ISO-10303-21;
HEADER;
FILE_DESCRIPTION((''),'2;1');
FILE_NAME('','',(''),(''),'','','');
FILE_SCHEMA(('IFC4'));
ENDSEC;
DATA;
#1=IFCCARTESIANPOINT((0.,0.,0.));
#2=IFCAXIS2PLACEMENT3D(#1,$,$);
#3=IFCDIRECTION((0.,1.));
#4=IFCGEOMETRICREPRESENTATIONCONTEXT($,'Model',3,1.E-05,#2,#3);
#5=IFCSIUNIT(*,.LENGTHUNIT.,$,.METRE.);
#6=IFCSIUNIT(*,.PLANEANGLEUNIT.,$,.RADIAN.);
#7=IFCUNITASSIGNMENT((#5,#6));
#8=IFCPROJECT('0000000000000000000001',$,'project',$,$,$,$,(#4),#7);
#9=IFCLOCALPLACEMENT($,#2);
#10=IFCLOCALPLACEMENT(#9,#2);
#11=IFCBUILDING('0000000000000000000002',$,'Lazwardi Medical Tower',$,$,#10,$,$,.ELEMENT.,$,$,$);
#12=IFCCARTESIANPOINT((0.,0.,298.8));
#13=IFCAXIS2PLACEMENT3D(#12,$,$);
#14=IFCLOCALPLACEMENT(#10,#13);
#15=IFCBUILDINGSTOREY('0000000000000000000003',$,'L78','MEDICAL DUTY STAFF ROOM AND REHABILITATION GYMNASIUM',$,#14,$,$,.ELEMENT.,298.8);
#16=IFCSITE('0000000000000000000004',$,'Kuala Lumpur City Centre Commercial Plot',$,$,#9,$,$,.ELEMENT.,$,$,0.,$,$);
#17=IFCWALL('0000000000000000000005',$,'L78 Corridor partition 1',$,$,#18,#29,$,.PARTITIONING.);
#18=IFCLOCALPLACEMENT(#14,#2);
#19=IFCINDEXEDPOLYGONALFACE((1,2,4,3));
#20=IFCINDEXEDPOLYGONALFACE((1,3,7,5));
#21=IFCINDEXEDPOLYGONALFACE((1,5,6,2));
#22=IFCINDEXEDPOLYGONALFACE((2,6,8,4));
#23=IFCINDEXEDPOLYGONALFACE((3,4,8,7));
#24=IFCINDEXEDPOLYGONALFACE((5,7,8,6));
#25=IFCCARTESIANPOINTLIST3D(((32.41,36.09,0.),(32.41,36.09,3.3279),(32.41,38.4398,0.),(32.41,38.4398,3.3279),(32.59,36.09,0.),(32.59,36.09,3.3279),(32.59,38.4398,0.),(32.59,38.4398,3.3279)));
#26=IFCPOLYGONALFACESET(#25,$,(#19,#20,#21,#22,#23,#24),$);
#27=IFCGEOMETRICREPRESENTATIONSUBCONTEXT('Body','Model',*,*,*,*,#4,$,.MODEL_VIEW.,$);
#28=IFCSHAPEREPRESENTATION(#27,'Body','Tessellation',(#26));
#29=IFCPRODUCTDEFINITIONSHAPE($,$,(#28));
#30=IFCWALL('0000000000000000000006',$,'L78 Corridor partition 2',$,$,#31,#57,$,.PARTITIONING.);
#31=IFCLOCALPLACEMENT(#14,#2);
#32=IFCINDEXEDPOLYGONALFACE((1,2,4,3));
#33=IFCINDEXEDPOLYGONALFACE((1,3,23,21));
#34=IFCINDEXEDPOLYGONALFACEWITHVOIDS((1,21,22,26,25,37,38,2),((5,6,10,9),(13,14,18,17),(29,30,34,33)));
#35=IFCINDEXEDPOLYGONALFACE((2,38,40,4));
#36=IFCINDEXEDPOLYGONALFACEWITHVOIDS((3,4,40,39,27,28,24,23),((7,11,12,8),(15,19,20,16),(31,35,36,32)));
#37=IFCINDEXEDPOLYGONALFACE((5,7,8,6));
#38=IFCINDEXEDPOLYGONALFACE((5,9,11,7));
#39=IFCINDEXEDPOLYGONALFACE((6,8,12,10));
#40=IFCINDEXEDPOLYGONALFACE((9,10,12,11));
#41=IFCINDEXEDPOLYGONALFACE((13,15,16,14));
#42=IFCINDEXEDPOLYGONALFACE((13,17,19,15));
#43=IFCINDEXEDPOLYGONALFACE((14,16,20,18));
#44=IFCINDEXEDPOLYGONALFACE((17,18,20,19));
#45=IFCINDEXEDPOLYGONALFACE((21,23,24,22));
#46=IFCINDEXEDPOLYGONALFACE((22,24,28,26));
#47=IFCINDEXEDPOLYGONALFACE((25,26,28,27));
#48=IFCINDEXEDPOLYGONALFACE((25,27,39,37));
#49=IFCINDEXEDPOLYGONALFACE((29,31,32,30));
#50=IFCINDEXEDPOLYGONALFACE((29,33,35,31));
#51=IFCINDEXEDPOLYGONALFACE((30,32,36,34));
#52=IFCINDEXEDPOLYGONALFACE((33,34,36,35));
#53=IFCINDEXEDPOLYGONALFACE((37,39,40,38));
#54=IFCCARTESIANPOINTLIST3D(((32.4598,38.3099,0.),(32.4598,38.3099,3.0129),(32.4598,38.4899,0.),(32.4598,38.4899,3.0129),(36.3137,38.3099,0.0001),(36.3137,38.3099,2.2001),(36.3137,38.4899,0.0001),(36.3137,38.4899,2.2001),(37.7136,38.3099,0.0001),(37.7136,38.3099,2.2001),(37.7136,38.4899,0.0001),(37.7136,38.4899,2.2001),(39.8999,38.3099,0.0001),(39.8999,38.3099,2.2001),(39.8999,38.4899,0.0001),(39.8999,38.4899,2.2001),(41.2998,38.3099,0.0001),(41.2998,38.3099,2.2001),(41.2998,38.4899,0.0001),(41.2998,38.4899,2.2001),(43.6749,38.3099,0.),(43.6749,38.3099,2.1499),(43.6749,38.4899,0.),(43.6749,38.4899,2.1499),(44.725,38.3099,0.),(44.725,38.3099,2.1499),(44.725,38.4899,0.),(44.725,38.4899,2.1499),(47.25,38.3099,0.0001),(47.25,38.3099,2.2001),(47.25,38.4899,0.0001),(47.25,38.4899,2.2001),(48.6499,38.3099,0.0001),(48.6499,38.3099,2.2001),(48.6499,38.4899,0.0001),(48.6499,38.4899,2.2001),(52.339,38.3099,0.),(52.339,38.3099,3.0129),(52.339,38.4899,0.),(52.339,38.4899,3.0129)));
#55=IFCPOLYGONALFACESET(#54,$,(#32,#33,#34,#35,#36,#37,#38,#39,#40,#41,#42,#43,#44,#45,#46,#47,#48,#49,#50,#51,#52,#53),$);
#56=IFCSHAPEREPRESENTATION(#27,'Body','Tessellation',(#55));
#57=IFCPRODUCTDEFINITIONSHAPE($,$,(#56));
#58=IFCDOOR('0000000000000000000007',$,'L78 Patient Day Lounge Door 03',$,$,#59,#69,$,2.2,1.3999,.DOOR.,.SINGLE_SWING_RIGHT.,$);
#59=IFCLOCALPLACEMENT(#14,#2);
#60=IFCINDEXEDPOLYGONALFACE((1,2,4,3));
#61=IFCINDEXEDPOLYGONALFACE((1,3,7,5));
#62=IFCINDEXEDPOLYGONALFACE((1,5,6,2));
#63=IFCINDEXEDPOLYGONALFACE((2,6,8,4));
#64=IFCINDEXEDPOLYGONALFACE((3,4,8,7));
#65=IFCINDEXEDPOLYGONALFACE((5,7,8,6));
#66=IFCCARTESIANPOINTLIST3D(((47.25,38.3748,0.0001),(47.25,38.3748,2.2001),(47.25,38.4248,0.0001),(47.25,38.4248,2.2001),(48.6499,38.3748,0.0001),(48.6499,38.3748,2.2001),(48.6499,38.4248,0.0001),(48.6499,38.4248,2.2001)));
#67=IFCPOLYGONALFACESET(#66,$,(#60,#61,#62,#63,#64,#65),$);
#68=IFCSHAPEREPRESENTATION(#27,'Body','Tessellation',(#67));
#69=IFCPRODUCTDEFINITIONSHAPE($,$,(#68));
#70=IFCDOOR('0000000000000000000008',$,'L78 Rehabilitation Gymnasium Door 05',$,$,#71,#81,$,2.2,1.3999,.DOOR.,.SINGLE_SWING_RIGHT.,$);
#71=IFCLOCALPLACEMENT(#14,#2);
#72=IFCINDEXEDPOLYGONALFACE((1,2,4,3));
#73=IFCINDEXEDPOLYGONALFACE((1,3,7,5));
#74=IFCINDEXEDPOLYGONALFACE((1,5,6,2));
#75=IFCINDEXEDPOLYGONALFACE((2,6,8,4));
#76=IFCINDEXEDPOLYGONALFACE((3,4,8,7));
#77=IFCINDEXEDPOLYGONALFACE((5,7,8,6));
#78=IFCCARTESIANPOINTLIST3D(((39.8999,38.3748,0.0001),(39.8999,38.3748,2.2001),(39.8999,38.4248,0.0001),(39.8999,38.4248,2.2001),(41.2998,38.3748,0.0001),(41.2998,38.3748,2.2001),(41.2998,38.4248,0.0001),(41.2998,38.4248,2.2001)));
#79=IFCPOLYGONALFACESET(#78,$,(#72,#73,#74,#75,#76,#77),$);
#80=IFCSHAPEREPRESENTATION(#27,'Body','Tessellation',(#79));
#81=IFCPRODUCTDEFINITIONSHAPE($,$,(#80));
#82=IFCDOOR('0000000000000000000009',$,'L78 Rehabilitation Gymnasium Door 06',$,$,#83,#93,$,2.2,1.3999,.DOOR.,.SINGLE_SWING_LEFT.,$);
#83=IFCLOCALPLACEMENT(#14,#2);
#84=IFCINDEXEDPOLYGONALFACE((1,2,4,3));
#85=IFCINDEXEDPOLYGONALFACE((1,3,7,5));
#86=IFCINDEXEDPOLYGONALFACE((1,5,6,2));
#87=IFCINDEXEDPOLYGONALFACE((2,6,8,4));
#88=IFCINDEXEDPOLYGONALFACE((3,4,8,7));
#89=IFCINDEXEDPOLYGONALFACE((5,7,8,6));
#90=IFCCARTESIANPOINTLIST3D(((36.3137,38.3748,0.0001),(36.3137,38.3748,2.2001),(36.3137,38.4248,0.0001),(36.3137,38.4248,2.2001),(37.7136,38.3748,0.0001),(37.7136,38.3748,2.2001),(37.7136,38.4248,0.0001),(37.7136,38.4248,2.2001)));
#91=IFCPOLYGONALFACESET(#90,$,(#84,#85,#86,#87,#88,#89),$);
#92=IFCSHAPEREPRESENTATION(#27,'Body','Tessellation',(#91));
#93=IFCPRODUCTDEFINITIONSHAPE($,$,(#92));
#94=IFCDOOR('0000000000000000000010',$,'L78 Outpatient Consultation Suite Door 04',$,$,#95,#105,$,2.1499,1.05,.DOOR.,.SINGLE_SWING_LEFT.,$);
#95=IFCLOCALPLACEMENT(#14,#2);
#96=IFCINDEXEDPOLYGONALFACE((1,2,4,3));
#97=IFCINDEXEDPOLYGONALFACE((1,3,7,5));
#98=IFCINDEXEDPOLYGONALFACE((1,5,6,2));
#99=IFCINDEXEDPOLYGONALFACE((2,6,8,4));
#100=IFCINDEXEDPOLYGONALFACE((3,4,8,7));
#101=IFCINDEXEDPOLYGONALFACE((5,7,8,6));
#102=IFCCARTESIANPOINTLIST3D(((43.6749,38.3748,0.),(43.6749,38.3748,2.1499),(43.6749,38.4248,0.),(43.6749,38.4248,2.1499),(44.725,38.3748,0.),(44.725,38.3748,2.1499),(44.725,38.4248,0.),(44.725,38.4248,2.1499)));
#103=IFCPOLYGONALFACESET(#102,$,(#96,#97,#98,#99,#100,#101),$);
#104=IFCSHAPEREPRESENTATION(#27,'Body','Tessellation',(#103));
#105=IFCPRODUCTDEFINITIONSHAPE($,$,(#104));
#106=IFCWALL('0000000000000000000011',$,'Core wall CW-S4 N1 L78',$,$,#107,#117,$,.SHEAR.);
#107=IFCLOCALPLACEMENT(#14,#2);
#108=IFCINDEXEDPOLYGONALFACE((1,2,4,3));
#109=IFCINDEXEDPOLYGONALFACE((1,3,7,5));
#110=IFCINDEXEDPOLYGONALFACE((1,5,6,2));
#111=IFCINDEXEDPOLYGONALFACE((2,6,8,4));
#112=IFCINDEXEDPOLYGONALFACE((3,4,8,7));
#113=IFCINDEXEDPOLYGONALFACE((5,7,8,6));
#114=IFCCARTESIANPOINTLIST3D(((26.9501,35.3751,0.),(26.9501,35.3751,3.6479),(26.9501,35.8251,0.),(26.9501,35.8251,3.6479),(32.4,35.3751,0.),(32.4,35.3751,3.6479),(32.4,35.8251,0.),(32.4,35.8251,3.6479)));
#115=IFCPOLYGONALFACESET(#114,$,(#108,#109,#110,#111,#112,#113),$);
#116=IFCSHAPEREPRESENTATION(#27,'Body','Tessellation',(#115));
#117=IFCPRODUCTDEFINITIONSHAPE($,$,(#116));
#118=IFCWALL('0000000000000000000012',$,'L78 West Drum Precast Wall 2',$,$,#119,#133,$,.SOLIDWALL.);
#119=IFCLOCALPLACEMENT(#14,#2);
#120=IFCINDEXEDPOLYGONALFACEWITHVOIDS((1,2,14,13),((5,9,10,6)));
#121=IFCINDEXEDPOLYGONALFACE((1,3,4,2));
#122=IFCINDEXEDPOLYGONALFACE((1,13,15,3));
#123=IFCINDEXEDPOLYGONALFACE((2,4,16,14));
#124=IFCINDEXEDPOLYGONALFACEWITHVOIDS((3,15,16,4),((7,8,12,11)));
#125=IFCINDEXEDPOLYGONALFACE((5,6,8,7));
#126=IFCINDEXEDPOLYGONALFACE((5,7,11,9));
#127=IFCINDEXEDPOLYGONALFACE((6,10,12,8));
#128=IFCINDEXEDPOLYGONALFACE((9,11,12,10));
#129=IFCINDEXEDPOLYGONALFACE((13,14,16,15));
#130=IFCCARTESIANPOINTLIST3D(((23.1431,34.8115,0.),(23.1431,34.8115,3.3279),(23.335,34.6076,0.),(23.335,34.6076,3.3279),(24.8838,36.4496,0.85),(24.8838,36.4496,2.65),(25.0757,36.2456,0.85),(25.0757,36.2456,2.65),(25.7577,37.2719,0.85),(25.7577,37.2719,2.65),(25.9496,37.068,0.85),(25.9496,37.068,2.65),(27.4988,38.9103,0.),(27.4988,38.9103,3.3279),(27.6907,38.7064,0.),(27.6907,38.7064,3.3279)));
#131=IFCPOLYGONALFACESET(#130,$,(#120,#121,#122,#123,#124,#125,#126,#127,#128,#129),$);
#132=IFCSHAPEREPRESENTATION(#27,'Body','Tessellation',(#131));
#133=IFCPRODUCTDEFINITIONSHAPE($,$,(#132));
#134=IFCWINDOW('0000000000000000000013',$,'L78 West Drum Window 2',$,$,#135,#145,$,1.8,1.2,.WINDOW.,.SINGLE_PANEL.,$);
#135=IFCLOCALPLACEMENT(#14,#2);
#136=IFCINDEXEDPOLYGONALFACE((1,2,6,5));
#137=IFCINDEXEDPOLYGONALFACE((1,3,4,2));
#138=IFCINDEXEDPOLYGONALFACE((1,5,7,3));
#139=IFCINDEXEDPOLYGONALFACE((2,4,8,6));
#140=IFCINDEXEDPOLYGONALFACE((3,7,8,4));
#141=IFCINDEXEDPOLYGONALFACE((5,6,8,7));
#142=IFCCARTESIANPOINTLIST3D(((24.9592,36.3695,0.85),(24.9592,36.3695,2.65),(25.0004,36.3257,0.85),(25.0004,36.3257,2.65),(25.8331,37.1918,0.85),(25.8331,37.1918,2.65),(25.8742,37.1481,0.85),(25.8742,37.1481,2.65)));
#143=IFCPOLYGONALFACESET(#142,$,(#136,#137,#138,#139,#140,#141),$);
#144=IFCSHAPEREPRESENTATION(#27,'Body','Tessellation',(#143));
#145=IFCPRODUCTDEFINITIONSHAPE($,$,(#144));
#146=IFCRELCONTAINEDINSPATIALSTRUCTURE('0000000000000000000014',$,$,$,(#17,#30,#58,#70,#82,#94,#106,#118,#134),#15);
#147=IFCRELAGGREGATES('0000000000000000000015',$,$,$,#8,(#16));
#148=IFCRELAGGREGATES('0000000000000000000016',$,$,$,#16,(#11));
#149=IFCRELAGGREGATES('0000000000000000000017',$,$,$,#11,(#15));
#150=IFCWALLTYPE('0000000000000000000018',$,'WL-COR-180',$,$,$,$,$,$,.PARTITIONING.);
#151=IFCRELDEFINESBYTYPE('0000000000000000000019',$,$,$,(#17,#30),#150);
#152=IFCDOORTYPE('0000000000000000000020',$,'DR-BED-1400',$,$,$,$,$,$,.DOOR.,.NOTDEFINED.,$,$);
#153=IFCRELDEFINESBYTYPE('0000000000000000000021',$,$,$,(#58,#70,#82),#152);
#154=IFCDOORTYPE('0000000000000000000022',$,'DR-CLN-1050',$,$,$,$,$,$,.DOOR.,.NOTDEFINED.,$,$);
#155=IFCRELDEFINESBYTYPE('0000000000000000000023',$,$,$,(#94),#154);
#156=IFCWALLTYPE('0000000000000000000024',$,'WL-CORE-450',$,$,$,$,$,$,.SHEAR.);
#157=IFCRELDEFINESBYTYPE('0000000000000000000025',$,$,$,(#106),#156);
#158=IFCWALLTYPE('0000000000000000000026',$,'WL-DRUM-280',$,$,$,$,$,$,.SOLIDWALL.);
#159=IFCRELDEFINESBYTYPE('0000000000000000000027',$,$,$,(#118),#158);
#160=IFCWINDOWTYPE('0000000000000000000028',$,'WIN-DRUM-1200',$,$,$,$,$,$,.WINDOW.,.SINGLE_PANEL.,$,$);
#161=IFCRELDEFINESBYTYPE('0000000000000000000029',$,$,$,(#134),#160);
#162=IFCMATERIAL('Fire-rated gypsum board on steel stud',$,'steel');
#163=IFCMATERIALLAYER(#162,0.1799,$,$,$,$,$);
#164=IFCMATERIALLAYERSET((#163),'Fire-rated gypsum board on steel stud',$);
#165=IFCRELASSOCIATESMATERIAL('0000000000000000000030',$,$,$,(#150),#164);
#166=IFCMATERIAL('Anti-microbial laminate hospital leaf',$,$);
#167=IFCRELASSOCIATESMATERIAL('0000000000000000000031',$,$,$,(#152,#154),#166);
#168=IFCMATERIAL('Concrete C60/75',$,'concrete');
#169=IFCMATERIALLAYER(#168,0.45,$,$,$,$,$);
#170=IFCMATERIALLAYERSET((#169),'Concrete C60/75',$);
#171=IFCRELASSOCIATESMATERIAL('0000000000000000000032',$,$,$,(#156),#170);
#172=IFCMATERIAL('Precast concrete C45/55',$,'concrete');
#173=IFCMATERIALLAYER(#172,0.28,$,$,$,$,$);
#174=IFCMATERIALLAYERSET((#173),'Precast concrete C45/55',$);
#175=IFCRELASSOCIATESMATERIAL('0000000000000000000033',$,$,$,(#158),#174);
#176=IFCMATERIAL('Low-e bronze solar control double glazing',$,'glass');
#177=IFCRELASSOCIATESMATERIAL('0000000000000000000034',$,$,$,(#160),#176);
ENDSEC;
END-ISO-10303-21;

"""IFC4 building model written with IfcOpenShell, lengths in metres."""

from ifc_helpers import new_model, si_unit, direction, frame, frame_2d, origin, place, context, subcontext, project, spatial, rectangle, extrude, material, layer, layer_set, type_object, element, fill, save


model = new_model("IFC4")

# Units and contexts
model_context = context("Model", 3, precision=1e-05, world=origin(), true_north=direction((0.0, 1.0)))
body_context = subcontext(model_context, "Body", "Model", "MODEL_VIEW")
ifc_project = project(units=[si_unit("LENGTHUNIT", "METRE"), si_unit("PLANEANGLEUNIT", "RADIAN")], contexts=[model_context])

# Site, building, storey
site_placement = place(None, origin())
site = spatial("IfcSite", under=ifc_project, at=site_placement, Name="Kuala Lumpur City Centre Commercial Plot", CompositionType="ELEMENT", RefElevation=0.0)
building_placement = place(site_placement, origin())
building = spatial("IfcBuilding", under=site, at=building_placement, Name="Lazwardi Medical Tower", CompositionType="ELEMENT")
storey_placement = place(building_placement, frame((0.0, 0.0, 298.8)))
storey = spatial("IfcBuildingStorey", under=building, at=storey_placement, Name="L78", Description="MEDICAL DUTY STAFF ROOM AND REHABILITATION GYMNASIUM", CompositionType="ELEMENT", Elevation=298.8)

# Shared definitions
ifc_material_1 = material(Name="Concrete C60/75", Category="concrete")

# Wall
ifc_material_2 = material(Name="Fire-rated gypsum board on steel stud", Category="steel")
ifc_layer_1 = layer(ifc_material_2, 0.1799)
ifc_layer_set_1 = layer_set([ifc_layer_1], Name="Fire-rated gypsum board on steel stud")
wall_type_1 = type_object("IfcWallType", Name="WL-COR-180", PredefinedType="PARTITIONING", material=ifc_layer_set_1)
wall_1_placement = place(storey_placement, frame((32.5, 36.0901, 0.0), z_axis=(0.0, 0.0, 1.0), x_axis=(0.0, 1.0, 0.0)))
element("IfcWall", 1, at=wall_1_placement, inside=storey, type_object=wall_type_1, Name="L78 Corridor partition 1", PredefinedType="PARTITIONING", context=body_context, shape_type="SweptSolid", body=[
    extrude(rectangle(XDim=2.3499, YDim=0.1799, at=frame_2d((1.1748, 0.0))), origin(), (0.0, 0.0, 1.0), 3.3279),
])

# Wall, openings, doors
wall_2_placement = place(storey_placement, frame((32.46, 38.3999, 0.0), z_axis=(0.0, 0.0, 1.0), x_axis=(1.0, 0.0, 0.0)))
wall_2 = element("IfcWall", 2, at=wall_2_placement, inside=storey, type_object=wall_type_1, Name="L78 Corridor partition 2", PredefinedType="PARTITIONING", context=body_context, shape_type="SweptSolid", body=[
    extrude(rectangle(XDim=19.8792, YDim=0.1799, at=frame_2d((9.9395, 0.0))), origin(), (0.0, 0.0, 1.0), 3.0129),
])
opening_1_placement = place(wall_2_placement, frame((14.79, 0.0, 0.0)))
opening_1 = element("IfcOpeningElement", 3, at=opening_1_placement, cuts=wall_2, PredefinedType="OPENING", context=body_context, shape_type="SweptSolid", body=[
    extrude(rectangle(XDim=1.3999, YDim=2.2, at=frame_2d((0.7, 1.1001))), frame((0.0, 0.0999, 0.0), z_axis=(0.0, -1.0, 0.0), x_axis=(1.0, 0.0, 0.0)), (0.0, 0.0, 1.0), 0.2),
])
opening_2_placement = place(wall_2_placement, frame((11.2151, 0.0, 0.0)))
opening_2 = element("IfcOpeningElement", 4, at=opening_2_placement, cuts=wall_2, PredefinedType="OPENING", context=body_context, shape_type="SweptSolid", body=[
    extrude(rectangle(XDim=1.05, YDim=2.1499, at=frame_2d((0.5249, 1.075))), frame((0.0, 0.0999, 0.0), z_axis=(0.0, -1.0, 0.0), x_axis=(1.0, 0.0, 0.0)), (0.0, 0.0, 1.0), 0.2),
])
opening_3_placement = place(wall_2_placement, frame((7.4399, 0.0, 0.0)))
opening_3 = element("IfcOpeningElement", 5, at=opening_3_placement, cuts=wall_2, PredefinedType="OPENING", context=body_context, shape_type="SweptSolid", body=[
    extrude(rectangle(XDim=1.3999, YDim=2.2, at=frame_2d((0.7, 1.1001))), frame((0.0, 0.0999, 0.0), z_axis=(0.0, -1.0, 0.0), x_axis=(1.0, 0.0, 0.0)), (0.0, 0.0, 1.0), 0.2),
])
opening_4_placement = place(wall_2_placement, frame((3.8538, 0.0, 0.0)))
opening_4 = element("IfcOpeningElement", 6, at=opening_4_placement, cuts=wall_2, PredefinedType="OPENING", context=body_context, shape_type="SweptSolid", body=[
    extrude(rectangle(XDim=1.3999, YDim=2.2, at=frame_2d((0.7, 1.1001))), frame((0.0, 0.0999, 0.0), z_axis=(0.0, -1.0, 0.0), x_axis=(1.0, 0.0, 0.0)), (0.0, 0.0, 1.0), 0.2),
])
ifc_material_3 = material(Name="Anti-microbial laminate hospital leaf")
door_type_1 = type_object("IfcDoorType", Name="DR-BED-1400", OperationType="NOTDEFINED", PredefinedType="DOOR", material=ifc_material_3)
door_1_placement = place(opening_1_placement, origin())
door_1 = element("IfcDoor", 7, at=door_1_placement, inside=storey, type_object=door_type_1, Name="L78 Patient Day Lounge Door 03", OperationType="SINGLE_SWING_RIGHT", OverallHeight=2.2, OverallWidth=1.3999, PredefinedType="DOOR", context=body_context, shape_type="SweptSolid", body=[
    extrude(rectangle(XDim=1.3999, YDim=2.2, at=frame_2d((0.7, 1.1001))), frame((0.0, 0.0249, 0.0), z_axis=(0.0, -1.0, 0.0), x_axis=(1.0, 0.0, 0.0)), (0.0, 0.0, 1.0), 0.05),
])
fill(opening_1, door_1)
door_2_placement = place(opening_3_placement, origin())
door_2 = element("IfcDoor", 8, at=door_2_placement, inside=storey, type_object=door_type_1, Name="L78 Rehabilitation Gymnasium Door 05", OperationType="SINGLE_SWING_RIGHT", OverallHeight=2.2, OverallWidth=1.3999, PredefinedType="DOOR", context=body_context, shape_type="SweptSolid", body=[
    extrude(rectangle(XDim=1.3999, YDim=2.2, at=frame_2d((0.7, 1.1001))), frame((0.0, 0.0249, 0.0), z_axis=(0.0, -1.0, 0.0), x_axis=(1.0, 0.0, 0.0)), (0.0, 0.0, 1.0), 0.05),
])
fill(opening_3, door_2)
door_3_placement = place(opening_4_placement, origin())
door_3 = element("IfcDoor", 9, at=door_3_placement, inside=storey, type_object=door_type_1, Name="L78 Rehabilitation Gymnasium Door 06", OperationType="SINGLE_SWING_LEFT", OverallHeight=2.2, OverallWidth=1.3999, PredefinedType="DOOR", context=body_context, shape_type="SweptSolid", body=[
    extrude(rectangle(XDim=1.3999, YDim=2.2, at=frame_2d((0.7, 1.1001))), frame((0.0, 0.0249, 0.0), z_axis=(0.0, -1.0, 0.0), x_axis=(1.0, 0.0, 0.0)), (0.0, 0.0, 1.0), 0.05),
])
fill(opening_4, door_3)
door_type_2 = type_object("IfcDoorType", Name="DR-CLN-1050", OperationType="NOTDEFINED", PredefinedType="DOOR", material=ifc_material_3)
door_4_placement = place(opening_2_placement, origin())
door_4 = element("IfcDoor", 10, at=door_4_placement, inside=storey, type_object=door_type_2, Name="L78 Outpatient Consultation Suite Door 04", OperationType="SINGLE_SWING_LEFT", OverallHeight=2.1499, OverallWidth=1.05, PredefinedType="DOOR", context=body_context, shape_type="SweptSolid", body=[
    extrude(rectangle(XDim=1.05, YDim=2.1499, at=frame_2d((0.5249, 1.075))), frame((0.0, 0.0249, 0.0), z_axis=(0.0, -1.0, 0.0), x_axis=(1.0, 0.0, 0.0)), (0.0, 0.0, 1.0), 0.05),
])
fill(opening_2, door_4)

# Wall
ifc_layer_2 = layer(ifc_material_1, 0.45)
ifc_layer_set_2 = layer_set([ifc_layer_2], Name="Concrete C60/75")
wall_type_2 = type_object("IfcWallType", Name="WL-CORE-450", PredefinedType="SHEAR", material=ifc_layer_set_2)
wall_3_placement = place(storey_placement, frame((26.95, 35.6001, 0.0), z_axis=(0.0, 0.0, 1.0), x_axis=(1.0, 0.0, 0.0)))
element("IfcWall", 11, at=wall_3_placement, inside=storey, type_object=wall_type_2, Name="Core wall CW-S4 N1 L78", PredefinedType="SHEAR", context=body_context, shape_type="SweptSolid", body=[
    extrude(rectangle(XDim=5.45, YDim=0.45, at=frame_2d((2.7251, 0.0))), origin(), (0.0, 0.0, 1.0), 3.6479),
])

# Wall, opening, window
ifc_material_4 = material(Name="Precast concrete C45/55", Category="concrete")
ifc_layer_3 = layer(ifc_material_4, 0.28)
ifc_layer_set_3 = layer_set([ifc_layer_3], Name="Precast concrete C45/55")
wall_type_3 = type_object("IfcWallType", Name="WL-DRUM-280", PredefinedType="SOLIDWALL", material=ifc_layer_set_3)
wall_4_placement = place(storey_placement, frame((27.5947, 38.8083, 0.0), z_axis=(0.0, 0.0, 1.0), x_axis=(-0.728252, -0.68531, 0.0)))
wall_4 = element("IfcWall", 12, at=wall_4_placement, inside=storey, type_object=wall_type_3, Name="L78 West Drum Precast Wall 2", PredefinedType="SOLIDWALL", context=body_context, shape_type="SweptSolid", body=[
    extrude(rectangle(XDim=5.981, YDim=0.28, at=frame_2d((2.9905, 0.0))), origin(), (0.0, 0.0, 1.0), 3.3279),
])
opening_5_placement = place(wall_4_placement, frame((2.3906, 0.0, 0.8501)))
opening_5 = element("IfcOpeningElement", 13, at=opening_5_placement, cuts=wall_4, PredefinedType="OPENING", context=body_context, shape_type="SweptSolid", body=[
    extrude(rectangle(XDim=1.2, YDim=1.8, at=frame_2d((0.6001, 0.8999))), frame((0.0, 0.1499, 0.0), z_axis=(0.0, -1.0, 0.0), x_axis=(1.0, 0.0, 0.0)), (0.0, 0.0, 1.0), 0.3),
])
ifc_material_5 = material(Name="Low-e bronze solar control double glazing", Category="glass")
window_type = type_object("IfcWindowType", Name="WIN-DRUM-1200", PartitioningType="SINGLE_PANEL", PredefinedType="WINDOW", material=ifc_material_5)
window_1_placement = place(opening_5_placement, origin())
window_1 = element("IfcWindow", 14, at=window_1_placement, inside=storey, type_object=window_type, Name="L78 West Drum Window 2", OverallHeight=1.8, OverallWidth=1.2, PartitioningType="SINGLE_PANEL", PredefinedType="WINDOW", context=body_context, shape_type="SweptSolid", body=[
    extrude(rectangle(XDim=1.2, YDim=1.8, at=frame_2d((0.6001, 0.8999))), frame((0.0, 0.03, 0.0), z_axis=(0.0, -1.0, 0.0), x_axis=(1.0, 0.0, 0.0)), (0.0, 0.0, 1.0), 0.0601),
])
fill(opening_5, window_1)

save(model, "model.ifc")
